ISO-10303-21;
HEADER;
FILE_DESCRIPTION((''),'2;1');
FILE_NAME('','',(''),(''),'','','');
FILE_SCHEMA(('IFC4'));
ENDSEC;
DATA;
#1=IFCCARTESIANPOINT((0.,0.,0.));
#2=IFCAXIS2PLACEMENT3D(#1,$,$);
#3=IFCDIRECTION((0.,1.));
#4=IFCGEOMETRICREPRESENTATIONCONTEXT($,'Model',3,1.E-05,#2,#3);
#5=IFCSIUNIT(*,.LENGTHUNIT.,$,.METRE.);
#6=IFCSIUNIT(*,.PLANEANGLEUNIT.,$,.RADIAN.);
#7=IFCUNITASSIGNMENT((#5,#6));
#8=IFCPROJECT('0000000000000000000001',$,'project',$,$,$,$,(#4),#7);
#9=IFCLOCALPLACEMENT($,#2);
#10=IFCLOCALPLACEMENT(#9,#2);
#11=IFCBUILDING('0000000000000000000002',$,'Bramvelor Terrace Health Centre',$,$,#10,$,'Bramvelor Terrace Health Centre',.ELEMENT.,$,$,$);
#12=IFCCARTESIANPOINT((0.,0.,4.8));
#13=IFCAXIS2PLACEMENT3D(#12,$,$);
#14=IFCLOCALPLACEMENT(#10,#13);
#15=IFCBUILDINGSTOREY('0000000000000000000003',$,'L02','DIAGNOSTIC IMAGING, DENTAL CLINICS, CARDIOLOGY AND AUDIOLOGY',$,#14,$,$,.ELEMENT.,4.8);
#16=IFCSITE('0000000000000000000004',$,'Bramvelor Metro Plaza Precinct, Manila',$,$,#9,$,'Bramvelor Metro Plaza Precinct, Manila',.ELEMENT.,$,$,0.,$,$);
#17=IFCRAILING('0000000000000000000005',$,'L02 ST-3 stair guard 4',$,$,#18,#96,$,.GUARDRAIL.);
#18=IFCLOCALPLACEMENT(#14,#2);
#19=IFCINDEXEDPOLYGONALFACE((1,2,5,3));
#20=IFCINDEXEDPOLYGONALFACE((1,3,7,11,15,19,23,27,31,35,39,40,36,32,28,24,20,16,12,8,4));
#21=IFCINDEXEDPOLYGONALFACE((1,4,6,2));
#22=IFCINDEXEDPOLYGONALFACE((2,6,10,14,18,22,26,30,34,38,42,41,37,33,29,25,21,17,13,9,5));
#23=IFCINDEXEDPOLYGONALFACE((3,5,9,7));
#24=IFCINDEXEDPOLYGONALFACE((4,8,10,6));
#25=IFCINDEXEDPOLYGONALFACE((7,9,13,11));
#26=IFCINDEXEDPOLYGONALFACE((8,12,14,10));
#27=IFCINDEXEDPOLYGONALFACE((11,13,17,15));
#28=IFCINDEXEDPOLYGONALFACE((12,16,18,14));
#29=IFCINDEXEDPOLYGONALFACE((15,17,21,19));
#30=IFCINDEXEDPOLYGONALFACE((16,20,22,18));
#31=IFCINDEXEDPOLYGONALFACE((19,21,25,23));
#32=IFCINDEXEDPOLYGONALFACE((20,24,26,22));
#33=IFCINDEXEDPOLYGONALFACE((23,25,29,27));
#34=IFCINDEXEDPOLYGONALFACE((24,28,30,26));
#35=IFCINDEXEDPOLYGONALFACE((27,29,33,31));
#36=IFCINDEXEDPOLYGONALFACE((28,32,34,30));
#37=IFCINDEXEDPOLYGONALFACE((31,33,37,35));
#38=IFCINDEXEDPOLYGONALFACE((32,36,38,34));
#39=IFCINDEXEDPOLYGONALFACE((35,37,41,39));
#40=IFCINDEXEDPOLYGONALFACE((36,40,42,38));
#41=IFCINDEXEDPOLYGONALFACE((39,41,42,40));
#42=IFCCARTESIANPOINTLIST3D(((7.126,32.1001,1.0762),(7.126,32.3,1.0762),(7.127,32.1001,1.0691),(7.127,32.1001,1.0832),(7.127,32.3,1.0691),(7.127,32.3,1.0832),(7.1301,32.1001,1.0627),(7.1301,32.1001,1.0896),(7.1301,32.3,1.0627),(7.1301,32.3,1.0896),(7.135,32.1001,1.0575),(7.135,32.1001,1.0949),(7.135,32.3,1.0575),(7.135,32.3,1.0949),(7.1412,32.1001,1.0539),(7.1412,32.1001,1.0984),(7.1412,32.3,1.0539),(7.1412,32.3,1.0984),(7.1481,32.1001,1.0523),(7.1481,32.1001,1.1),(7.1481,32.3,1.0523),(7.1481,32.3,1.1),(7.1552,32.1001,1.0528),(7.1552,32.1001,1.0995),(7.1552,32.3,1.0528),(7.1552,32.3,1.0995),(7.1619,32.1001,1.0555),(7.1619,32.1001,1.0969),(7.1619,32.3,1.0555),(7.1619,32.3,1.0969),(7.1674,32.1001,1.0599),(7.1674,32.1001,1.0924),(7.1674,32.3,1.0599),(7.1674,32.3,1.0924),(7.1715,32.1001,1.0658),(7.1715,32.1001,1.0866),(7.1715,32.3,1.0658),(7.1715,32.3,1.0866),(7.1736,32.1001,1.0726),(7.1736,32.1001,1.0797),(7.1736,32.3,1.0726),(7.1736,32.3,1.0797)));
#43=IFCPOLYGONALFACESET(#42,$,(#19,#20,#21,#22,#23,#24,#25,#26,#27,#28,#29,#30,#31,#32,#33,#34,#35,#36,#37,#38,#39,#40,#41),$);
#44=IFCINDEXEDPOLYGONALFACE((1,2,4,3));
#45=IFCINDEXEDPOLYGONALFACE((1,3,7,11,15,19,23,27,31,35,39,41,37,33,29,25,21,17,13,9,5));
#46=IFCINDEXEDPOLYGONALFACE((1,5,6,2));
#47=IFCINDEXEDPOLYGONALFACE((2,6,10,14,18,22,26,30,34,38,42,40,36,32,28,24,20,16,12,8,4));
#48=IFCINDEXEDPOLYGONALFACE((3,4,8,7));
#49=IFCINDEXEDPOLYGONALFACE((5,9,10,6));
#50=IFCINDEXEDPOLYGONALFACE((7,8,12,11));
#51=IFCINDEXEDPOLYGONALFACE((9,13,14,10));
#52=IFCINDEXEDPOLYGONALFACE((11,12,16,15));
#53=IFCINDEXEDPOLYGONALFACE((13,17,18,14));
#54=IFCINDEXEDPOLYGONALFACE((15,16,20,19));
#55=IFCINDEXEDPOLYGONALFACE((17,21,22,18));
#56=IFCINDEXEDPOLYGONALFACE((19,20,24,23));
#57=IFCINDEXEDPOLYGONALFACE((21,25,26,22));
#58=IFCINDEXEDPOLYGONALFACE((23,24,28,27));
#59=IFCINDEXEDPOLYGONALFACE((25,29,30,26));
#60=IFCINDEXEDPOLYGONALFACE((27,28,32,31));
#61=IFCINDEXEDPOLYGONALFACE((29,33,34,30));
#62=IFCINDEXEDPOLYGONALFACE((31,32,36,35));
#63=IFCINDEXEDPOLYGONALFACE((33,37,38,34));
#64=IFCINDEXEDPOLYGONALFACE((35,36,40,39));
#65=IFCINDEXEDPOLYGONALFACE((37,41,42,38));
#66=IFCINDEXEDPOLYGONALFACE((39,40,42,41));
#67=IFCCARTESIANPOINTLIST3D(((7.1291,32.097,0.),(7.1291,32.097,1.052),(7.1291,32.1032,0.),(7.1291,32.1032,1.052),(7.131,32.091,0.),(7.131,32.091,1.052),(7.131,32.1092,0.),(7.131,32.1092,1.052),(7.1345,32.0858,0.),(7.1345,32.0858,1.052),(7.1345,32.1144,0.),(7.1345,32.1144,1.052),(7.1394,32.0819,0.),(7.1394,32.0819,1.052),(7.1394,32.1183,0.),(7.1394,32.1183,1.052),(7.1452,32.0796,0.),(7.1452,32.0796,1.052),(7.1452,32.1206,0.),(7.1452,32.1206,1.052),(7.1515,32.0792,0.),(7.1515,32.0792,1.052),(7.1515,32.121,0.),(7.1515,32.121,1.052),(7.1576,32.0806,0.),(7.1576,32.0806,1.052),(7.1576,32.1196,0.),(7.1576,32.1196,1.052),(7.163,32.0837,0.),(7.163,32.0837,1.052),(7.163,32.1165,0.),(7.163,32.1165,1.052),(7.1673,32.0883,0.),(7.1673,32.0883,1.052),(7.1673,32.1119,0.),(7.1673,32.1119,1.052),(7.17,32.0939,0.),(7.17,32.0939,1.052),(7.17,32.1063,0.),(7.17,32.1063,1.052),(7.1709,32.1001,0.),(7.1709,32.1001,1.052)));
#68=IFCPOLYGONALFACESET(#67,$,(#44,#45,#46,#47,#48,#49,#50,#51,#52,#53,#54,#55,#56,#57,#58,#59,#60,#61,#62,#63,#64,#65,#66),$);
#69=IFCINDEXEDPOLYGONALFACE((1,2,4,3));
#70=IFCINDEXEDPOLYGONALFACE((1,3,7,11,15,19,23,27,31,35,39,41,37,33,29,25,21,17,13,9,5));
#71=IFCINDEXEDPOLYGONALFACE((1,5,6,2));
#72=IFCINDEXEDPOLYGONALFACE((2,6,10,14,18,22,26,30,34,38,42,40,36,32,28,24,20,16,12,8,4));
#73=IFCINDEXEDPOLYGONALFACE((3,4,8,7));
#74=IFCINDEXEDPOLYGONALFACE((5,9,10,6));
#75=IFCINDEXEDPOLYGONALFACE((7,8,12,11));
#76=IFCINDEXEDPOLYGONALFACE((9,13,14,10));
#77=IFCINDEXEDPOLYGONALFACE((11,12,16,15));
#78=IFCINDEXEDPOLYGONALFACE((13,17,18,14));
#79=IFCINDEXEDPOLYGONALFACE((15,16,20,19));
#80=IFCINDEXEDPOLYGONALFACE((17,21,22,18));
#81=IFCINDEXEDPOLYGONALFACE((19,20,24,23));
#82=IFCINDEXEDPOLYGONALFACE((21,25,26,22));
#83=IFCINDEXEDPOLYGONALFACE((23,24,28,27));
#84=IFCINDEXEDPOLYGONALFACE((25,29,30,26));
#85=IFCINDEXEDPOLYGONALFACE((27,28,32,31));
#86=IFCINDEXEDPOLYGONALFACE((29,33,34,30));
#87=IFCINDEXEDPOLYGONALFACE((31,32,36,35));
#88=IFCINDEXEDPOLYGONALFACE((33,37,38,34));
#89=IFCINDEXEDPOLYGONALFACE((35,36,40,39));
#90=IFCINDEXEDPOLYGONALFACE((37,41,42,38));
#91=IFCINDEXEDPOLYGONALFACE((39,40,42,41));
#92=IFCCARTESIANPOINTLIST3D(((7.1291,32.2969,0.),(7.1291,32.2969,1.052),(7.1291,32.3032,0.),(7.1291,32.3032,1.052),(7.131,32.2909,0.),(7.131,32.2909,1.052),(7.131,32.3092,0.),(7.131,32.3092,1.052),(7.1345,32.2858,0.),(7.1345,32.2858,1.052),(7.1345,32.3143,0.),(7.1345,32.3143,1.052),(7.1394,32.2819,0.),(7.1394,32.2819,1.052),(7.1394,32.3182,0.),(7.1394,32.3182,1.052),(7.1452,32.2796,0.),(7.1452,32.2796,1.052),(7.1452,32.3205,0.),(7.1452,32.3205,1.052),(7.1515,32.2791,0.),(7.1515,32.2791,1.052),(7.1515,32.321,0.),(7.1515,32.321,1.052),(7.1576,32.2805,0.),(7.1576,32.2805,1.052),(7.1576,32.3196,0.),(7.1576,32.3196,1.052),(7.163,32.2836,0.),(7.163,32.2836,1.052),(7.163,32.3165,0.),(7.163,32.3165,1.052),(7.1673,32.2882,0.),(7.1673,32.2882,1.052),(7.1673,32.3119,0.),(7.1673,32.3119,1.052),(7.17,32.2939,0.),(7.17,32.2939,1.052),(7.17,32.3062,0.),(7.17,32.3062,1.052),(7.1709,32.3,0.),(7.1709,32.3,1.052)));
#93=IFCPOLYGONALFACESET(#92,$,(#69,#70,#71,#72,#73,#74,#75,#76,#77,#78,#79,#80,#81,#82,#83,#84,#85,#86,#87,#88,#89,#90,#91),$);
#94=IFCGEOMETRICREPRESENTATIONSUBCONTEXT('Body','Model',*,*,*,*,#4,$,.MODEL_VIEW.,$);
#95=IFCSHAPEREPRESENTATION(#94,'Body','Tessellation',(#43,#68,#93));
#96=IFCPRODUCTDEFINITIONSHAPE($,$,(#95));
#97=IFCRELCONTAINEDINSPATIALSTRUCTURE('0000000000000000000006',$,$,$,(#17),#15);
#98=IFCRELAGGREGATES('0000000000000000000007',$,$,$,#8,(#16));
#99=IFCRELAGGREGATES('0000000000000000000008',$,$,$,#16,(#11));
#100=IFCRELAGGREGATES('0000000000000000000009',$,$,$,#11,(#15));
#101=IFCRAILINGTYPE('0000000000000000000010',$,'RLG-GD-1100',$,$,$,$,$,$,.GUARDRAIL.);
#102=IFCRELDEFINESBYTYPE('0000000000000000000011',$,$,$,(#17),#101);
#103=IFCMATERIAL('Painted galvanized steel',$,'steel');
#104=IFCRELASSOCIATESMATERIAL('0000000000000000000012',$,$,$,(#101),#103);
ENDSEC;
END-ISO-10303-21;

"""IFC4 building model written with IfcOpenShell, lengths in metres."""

from ifc_helpers import new_model, si_unit, direction, frame, origin, origin_2d, place, context, subcontext, project, spatial, circle, extrude, material, type_object, element, save


model = new_model("IFC4")

# Units and contexts
model_context = context("Model", 3, precision=1e-05, world=origin(), true_north=direction((0.0, 1.0)))
body_context = subcontext(model_context, "Body", "Model", "MODEL_VIEW")
ifc_project = project(units=[si_unit("LENGTHUNIT", "METRE"), si_unit("PLANEANGLEUNIT", "RADIAN")], contexts=[model_context])

# Site, building, storey
site_placement = place(None, origin())
site = spatial("IfcSite", under=ifc_project, at=site_placement, Name="Bramvelor Metro Plaza Precinct, Manila", LongName="Bramvelor Metro Plaza Precinct, Manila", CompositionType="ELEMENT", RefElevation=0.0)
building_placement = place(site_placement, origin())
building = spatial("IfcBuilding", under=site, at=building_placement, Name="Bramvelor Terrace Health Centre", LongName="Bramvelor Terrace Health Centre", CompositionType="ELEMENT")
storey_placement = place(building_placement, frame((0.0, 0.0, 4.8)))
storey = spatial("IfcBuildingStorey", under=building, at=storey_placement, Name="L02", Description="DIAGNOSTIC IMAGING, DENTAL CLINICS, CARDIOLOGY AND AUDIOLOGY", CompositionType="ELEMENT", Elevation=4.8)

# Railing
ifc_material_1 = material(Name="Painted galvanized steel", Category="steel")
railing_type_1 = type_object("IfcRailingType", Name="RLG-GD-1100", PredefinedType="GUARDRAIL", material=ifc_material_1)
railing_1_placement = place(storey_placement, frame((7.1499, 32.1001, 0.0)))
element("IfcRailing", 1, at=railing_1_placement, inside=storey, type_object=railing_type_1, Name="L02 ST-3 stair guard 4", PredefinedType="GUARDRAIL", context=body_context, shape_type="SweptSolid", body=[
    extrude(circle(Radius=0.0239, at=origin_2d()), frame((0.0, 0.0, 1.0762), z_axis=(0.0, 1.0, 0.0), x_axis=(-1.0, 0.0, 0.0)), (0.0, 0.0, 1.0), 0.2),
    extrude(circle(Radius=0.021, at=origin_2d()), origin(), (0.0, 0.0, 1.0), 1.052),
    extrude(circle(Radius=0.021, at=origin_2d()), frame((0.0, 0.2, 0.0)), (0.0, 0.0, 1.0), 1.052),
])

save(model, "model.ifc")
